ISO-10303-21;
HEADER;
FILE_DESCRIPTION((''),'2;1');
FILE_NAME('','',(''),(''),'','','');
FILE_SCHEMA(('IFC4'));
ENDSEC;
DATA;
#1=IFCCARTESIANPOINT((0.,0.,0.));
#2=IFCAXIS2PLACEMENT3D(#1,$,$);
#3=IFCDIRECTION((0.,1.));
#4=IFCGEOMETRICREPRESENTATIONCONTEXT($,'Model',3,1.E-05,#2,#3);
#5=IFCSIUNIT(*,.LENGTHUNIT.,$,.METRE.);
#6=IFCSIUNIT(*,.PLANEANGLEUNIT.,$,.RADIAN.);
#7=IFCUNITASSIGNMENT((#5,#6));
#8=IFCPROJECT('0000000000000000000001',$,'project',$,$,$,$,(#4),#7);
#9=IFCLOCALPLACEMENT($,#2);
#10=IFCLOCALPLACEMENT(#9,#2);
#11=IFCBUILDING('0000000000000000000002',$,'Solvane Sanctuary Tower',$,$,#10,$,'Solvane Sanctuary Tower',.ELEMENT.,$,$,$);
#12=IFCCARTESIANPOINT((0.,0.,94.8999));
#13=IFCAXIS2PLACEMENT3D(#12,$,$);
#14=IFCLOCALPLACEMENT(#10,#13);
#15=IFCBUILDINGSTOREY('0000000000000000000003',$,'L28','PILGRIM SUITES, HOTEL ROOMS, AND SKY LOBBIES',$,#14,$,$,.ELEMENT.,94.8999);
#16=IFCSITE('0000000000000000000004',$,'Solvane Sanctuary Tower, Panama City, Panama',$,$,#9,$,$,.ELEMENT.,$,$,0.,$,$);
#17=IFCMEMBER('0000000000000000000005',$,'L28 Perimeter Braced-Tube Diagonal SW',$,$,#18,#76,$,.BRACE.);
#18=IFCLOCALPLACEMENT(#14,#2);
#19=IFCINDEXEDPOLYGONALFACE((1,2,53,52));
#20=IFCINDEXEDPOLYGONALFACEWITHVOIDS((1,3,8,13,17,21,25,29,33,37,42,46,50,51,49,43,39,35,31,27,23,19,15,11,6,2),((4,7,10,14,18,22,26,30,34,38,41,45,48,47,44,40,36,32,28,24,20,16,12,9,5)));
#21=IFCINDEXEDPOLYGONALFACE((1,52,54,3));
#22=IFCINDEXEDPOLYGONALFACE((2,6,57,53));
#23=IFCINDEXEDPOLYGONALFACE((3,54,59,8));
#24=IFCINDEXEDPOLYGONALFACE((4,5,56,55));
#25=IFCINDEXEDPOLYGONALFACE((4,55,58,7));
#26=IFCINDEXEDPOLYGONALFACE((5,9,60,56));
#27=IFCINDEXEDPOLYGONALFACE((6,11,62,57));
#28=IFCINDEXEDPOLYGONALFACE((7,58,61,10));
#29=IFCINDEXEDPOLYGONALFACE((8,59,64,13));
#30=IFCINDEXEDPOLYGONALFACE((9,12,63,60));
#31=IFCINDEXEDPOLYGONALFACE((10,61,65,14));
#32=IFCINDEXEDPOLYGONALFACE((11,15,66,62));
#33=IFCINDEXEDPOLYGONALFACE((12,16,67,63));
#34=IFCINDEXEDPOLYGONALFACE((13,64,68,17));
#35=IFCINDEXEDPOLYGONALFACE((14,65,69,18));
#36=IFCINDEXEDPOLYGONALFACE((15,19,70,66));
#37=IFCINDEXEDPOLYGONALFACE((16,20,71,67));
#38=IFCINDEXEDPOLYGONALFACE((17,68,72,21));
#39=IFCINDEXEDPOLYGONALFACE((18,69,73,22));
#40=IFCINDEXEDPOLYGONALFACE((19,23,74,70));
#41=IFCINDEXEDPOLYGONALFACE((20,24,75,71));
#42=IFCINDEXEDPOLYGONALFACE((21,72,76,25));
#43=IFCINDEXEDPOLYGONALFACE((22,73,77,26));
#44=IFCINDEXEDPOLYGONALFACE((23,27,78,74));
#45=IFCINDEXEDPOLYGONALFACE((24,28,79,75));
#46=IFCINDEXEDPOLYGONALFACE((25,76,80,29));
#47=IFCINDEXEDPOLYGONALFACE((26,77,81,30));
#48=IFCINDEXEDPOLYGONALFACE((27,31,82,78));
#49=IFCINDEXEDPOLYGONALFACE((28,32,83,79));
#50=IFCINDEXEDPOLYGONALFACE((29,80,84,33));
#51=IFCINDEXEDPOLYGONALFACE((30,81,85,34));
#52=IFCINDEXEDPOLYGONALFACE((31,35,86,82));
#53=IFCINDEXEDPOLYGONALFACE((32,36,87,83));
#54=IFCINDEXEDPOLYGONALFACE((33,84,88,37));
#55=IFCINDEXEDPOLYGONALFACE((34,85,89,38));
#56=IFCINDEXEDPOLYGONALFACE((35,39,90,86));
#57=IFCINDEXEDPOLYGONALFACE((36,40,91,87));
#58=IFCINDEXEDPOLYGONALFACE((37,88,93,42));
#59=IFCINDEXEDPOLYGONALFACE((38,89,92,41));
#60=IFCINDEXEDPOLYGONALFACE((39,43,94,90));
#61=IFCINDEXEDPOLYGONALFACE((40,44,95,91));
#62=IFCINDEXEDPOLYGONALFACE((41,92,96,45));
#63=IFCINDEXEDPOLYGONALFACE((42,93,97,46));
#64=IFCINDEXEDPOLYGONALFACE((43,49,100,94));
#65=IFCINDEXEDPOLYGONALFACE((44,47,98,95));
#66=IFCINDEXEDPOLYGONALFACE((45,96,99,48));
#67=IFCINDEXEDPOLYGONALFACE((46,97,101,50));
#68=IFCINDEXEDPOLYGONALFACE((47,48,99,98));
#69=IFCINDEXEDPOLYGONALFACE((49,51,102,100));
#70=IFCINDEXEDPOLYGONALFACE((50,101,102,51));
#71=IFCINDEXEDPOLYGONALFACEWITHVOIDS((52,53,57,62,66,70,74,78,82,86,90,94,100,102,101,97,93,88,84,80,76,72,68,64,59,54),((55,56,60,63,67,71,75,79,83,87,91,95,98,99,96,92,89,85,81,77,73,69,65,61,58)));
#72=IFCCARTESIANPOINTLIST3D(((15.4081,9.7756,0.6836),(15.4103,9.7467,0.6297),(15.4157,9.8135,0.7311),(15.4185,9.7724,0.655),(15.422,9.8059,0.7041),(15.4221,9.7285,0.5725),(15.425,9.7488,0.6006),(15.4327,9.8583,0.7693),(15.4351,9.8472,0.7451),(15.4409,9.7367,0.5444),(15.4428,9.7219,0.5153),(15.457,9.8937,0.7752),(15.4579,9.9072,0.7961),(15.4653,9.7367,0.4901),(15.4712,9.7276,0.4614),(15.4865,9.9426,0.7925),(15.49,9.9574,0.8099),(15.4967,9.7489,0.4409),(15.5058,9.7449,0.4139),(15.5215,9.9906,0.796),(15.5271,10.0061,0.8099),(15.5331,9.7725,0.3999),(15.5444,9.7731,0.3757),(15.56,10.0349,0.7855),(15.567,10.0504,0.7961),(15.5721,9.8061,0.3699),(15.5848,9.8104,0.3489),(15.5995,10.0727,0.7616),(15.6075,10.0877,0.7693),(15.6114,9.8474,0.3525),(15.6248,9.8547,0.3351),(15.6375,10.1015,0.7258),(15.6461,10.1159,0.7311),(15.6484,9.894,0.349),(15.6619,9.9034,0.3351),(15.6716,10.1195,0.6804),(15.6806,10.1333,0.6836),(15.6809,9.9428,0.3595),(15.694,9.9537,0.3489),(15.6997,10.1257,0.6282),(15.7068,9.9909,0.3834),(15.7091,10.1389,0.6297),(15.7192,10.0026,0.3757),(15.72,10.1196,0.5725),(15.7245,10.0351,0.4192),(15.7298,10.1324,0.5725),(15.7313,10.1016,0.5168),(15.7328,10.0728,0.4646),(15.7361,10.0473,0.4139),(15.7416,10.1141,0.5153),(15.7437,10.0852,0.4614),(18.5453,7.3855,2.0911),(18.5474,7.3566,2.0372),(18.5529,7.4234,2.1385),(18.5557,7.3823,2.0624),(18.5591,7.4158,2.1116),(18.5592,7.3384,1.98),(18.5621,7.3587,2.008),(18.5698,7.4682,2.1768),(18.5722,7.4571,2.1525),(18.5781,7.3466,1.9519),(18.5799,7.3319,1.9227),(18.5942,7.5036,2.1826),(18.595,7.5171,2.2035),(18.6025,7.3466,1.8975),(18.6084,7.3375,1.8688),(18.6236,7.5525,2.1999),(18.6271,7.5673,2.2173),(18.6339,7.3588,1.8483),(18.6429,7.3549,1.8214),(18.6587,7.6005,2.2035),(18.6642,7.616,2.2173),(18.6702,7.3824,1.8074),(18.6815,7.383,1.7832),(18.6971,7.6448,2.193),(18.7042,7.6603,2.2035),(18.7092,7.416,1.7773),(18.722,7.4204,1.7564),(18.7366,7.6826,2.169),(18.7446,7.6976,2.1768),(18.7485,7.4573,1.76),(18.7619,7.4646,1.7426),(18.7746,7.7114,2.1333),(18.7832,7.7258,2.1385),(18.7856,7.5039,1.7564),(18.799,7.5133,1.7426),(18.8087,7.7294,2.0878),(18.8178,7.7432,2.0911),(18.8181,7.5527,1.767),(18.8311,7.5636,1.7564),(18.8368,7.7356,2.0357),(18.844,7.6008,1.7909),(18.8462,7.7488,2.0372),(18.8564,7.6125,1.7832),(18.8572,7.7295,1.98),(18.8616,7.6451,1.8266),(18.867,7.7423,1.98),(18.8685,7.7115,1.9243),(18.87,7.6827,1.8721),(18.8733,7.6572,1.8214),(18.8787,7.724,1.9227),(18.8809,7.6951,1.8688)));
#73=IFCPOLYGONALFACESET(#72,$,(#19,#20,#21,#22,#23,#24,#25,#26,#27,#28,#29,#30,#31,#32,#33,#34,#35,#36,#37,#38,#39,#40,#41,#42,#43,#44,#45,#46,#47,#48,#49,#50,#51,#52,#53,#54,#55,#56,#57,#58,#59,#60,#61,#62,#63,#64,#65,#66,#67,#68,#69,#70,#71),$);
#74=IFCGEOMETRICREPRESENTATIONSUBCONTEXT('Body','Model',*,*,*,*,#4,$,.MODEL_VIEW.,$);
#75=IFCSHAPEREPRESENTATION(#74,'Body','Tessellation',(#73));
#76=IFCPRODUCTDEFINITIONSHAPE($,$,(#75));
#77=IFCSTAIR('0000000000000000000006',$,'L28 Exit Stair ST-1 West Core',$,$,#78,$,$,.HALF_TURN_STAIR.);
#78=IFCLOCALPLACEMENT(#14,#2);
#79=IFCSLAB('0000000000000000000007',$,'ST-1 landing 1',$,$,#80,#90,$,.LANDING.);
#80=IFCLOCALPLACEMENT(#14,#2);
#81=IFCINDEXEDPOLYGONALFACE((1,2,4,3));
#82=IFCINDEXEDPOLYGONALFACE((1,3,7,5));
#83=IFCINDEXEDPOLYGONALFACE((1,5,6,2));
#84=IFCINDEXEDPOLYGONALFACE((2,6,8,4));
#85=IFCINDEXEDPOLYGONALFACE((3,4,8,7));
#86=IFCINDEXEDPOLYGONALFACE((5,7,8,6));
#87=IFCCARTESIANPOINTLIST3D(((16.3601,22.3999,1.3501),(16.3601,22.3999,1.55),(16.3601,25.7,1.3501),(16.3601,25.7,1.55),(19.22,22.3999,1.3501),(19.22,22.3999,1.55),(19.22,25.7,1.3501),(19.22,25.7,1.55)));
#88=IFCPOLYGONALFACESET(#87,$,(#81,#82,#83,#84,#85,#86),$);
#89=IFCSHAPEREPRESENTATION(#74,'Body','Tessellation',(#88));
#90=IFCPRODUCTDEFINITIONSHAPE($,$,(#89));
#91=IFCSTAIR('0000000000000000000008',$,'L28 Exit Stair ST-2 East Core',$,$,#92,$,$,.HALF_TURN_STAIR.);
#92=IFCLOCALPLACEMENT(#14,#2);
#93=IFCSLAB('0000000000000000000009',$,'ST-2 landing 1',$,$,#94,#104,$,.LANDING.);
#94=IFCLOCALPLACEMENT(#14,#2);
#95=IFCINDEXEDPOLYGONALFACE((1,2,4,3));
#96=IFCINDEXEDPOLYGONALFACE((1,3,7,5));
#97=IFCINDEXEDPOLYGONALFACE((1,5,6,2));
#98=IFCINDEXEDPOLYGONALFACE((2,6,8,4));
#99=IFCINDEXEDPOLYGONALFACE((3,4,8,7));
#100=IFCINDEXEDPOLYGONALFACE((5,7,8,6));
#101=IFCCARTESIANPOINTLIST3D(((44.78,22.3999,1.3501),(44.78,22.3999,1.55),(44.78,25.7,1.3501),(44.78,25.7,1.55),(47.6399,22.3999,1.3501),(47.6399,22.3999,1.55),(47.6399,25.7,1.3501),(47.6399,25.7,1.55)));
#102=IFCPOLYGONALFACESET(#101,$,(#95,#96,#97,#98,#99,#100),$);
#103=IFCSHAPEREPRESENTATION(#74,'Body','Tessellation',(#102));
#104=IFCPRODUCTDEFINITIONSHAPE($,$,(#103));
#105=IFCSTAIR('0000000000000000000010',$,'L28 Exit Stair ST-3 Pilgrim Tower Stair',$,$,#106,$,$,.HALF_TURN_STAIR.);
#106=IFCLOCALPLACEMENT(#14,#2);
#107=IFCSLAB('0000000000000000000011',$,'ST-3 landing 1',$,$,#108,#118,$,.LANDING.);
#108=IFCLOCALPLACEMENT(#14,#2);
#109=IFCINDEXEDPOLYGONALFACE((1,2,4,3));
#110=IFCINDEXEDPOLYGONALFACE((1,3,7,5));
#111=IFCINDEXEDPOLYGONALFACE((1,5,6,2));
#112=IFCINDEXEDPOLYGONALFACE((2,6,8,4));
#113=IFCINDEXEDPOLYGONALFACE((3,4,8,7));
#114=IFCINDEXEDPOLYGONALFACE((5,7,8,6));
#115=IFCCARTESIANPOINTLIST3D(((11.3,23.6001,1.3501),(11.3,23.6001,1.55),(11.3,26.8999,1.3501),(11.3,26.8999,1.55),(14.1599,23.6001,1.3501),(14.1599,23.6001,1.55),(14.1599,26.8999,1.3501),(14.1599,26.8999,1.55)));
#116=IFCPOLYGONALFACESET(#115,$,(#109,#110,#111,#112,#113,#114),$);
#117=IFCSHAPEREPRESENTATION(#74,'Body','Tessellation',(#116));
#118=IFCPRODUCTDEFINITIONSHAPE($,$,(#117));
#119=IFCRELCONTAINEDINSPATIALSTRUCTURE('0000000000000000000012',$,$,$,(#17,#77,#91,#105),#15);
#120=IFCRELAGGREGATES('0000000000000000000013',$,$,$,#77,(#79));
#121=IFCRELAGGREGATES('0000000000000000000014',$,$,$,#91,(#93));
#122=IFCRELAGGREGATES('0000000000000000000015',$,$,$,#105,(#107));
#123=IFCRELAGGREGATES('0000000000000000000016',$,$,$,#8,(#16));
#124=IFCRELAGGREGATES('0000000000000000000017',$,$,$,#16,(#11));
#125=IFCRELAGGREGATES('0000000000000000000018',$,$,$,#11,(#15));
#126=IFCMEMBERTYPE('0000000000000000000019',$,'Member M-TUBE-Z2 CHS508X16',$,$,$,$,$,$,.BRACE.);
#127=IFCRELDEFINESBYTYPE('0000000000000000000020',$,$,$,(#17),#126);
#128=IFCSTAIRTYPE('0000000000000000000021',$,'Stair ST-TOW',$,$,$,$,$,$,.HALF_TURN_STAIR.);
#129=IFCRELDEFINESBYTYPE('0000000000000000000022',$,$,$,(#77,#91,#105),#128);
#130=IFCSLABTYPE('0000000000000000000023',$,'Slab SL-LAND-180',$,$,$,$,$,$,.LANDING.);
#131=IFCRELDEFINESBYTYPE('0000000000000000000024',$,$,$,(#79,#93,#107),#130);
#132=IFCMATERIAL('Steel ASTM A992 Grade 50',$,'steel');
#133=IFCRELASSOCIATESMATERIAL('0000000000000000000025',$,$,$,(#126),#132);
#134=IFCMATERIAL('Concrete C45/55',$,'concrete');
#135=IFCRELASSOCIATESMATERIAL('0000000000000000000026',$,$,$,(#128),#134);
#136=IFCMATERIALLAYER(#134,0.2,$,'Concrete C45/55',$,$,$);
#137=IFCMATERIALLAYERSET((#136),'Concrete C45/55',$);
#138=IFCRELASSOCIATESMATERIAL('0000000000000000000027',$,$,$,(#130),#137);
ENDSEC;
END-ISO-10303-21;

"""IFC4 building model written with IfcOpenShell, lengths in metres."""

from ifc_helpers import new_model, si_unit, direction, frame, origin, origin_2d, place, context, subcontext, project, spatial, polyline, hollow_circle, outline, extrude, material, layer, layer_set, material_profile, profile_set, type_object, element, aggregate, save


model = new_model("IFC4")

# Units and contexts
model_context = context("Model", 3, precision=1e-05, world=origin(), true_north=direction((0.0, 1.0)))
body_context = subcontext(model_context, "Body", "Model", "MODEL_VIEW")
ifc_project = project(units=[si_unit("LENGTHUNIT", "METRE"), si_unit("PLANEANGLEUNIT", "RADIAN")], contexts=[model_context])

# Site, building, storey
site_placement = place(None, origin())
site = spatial("IfcSite", under=ifc_project, at=site_placement, Name="Solvane Sanctuary Tower, Panama City, Panama", CompositionType="ELEMENT", RefElevation=0.0)
building_placement = place(site_placement, origin())
building = spatial("IfcBuilding", under=site, at=building_placement, Name="Solvane Sanctuary Tower", LongName="Solvane Sanctuary Tower", CompositionType="ELEMENT")
storey_placement = place(building_placement, frame((0.0, 0.0, 94.8999)))
storey = spatial("IfcBuildingStorey", under=building, at=storey_placement, Name="L28", Description="PILGRIM SUITES, HOTEL ROOMS, AND SKY LOBBIES", CompositionType="ELEMENT", Elevation=94.8999)

# Shared definitions
ifc_material_1 = material(Name="Steel ASTM A992 Grade 50", Category="steel")

# Member
ifc_material_profile_1 = material_profile(ifc_material_1, hollow_circle(Radius=0.2539, WallThickness=0.0161, at=origin_2d()), Name="CHS508X16")
ifc_profile_set_1 = profile_set([ifc_material_profile_1], Name="Steel ASTM A992 Grade 50")
member_type_1 = type_object("IfcMemberType", Name="Member M-TUBE-Z2 CHS508X16", PredefinedType="BRACE", material=ifc_profile_set_1)
member_1_placement = place(storey_placement, frame((15.5759, 9.9304, 0.5725), z_axis=(0.74917, -0.570769, 0.336106), x_axis=(0.606025, 0.795446, 0.0)))
element("IfcMember", 1, at=member_1_placement, inside=storey, type_object=member_type_1, Name="L28 Perimeter Braced-Tube Diagonal SW", PredefinedType="BRACE", context=body_context, shape_type="SweptSolid", body=[
    extrude(hollow_circle(Radius=0.2539, WallThickness=0.0161, at=origin_2d()), origin(), (0.0, 0.0, 1.0), 4.1875),
])

# Stairs, slabs
ifc_material_2 = material(Name="Concrete C45/55", Category="concrete")
stair_type = type_object("IfcStairType", Name="Stair ST-TOW", PredefinedType="HALF_TURN_STAIR", material=ifc_material_2)
stair_1_placement = place(storey_placement, origin())
stair_1 = element("IfcStair", 2, at=stair_1_placement, inside=storey, type_object=stair_type, Name="L28 Exit Stair ST-1 West Core", PredefinedType="HALF_TURN_STAIR")
ifc_layer_1 = layer(ifc_material_2, 0.2, Name="Concrete C45/55")
ifc_layer_set_1 = layer_set([ifc_layer_1], Name="Concrete C45/55")
slab_type_1 = type_object("IfcSlabType", Name="Slab SL-LAND-180", PredefinedType="LANDING", material=ifc_layer_set_1)
slab_1_placement = place(storey_placement, frame((0.0, 0.0, 1.3501)))
slab_1 = element("IfcSlab", 3, at=slab_1_placement, type_object=slab_type_1, Name="ST-1 landing 1", PredefinedType="LANDING", context=body_context, shape_type="SweptSolid", body=[
    extrude(outline(polyline([(19.22, 22.3999), (19.22, 25.7), (16.3601, 25.7), (16.3601, 22.3999), (19.22, 22.3999)])), origin(), (0.0, 0.0, 1.0), 0.2),
])
aggregate(stair_1, [slab_1])
stair_2_placement = place(storey_placement, origin())
stair_2 = element("IfcStair", 4, at=stair_2_placement, inside=storey, type_object=stair_type, Name="L28 Exit Stair ST-2 East Core", PredefinedType="HALF_TURN_STAIR")
slab_2_placement = place(storey_placement, frame((0.0, 0.0, 1.3501)))
slab_2 = element("IfcSlab", 5, at=slab_2_placement, type_object=slab_type_1, Name="ST-2 landing 1", PredefinedType="LANDING", context=body_context, shape_type="SweptSolid", body=[
    extrude(outline(polyline([(47.6399, 22.3999), (47.6399, 25.7), (44.78, 25.7), (44.78, 22.3999), (47.6399, 22.3999)])), origin(), (0.0, 0.0, 1.0), 0.2),
])
aggregate(stair_2, [slab_2])
stair_3_placement = place(storey_placement, origin())
stair_3 = element("IfcStair", 6, at=stair_3_placement, inside=storey, type_object=stair_type, Name="L28 Exit Stair ST-3 Pilgrim Tower Stair", PredefinedType="HALF_TURN_STAIR")
slab_3_placement = place(storey_placement, frame((0.0, 0.0, 1.3501)))
slab_3 = element("IfcSlab", 7, at=slab_3_placement, type_object=slab_type_1, Name="ST-3 landing 1", PredefinedType="LANDING", context=body_context, shape_type="SweptSolid", body=[
    extrude(outline(polyline([(14.1599, 23.6001), (14.1599, 26.8999), (11.3, 26.8999), (11.3, 23.6001), (14.1599, 23.6001)])), origin(), (0.0, 0.0, 1.0), 0.2),
])
aggregate(stair_3, [slab_3])

save(model, "model.ifc")
